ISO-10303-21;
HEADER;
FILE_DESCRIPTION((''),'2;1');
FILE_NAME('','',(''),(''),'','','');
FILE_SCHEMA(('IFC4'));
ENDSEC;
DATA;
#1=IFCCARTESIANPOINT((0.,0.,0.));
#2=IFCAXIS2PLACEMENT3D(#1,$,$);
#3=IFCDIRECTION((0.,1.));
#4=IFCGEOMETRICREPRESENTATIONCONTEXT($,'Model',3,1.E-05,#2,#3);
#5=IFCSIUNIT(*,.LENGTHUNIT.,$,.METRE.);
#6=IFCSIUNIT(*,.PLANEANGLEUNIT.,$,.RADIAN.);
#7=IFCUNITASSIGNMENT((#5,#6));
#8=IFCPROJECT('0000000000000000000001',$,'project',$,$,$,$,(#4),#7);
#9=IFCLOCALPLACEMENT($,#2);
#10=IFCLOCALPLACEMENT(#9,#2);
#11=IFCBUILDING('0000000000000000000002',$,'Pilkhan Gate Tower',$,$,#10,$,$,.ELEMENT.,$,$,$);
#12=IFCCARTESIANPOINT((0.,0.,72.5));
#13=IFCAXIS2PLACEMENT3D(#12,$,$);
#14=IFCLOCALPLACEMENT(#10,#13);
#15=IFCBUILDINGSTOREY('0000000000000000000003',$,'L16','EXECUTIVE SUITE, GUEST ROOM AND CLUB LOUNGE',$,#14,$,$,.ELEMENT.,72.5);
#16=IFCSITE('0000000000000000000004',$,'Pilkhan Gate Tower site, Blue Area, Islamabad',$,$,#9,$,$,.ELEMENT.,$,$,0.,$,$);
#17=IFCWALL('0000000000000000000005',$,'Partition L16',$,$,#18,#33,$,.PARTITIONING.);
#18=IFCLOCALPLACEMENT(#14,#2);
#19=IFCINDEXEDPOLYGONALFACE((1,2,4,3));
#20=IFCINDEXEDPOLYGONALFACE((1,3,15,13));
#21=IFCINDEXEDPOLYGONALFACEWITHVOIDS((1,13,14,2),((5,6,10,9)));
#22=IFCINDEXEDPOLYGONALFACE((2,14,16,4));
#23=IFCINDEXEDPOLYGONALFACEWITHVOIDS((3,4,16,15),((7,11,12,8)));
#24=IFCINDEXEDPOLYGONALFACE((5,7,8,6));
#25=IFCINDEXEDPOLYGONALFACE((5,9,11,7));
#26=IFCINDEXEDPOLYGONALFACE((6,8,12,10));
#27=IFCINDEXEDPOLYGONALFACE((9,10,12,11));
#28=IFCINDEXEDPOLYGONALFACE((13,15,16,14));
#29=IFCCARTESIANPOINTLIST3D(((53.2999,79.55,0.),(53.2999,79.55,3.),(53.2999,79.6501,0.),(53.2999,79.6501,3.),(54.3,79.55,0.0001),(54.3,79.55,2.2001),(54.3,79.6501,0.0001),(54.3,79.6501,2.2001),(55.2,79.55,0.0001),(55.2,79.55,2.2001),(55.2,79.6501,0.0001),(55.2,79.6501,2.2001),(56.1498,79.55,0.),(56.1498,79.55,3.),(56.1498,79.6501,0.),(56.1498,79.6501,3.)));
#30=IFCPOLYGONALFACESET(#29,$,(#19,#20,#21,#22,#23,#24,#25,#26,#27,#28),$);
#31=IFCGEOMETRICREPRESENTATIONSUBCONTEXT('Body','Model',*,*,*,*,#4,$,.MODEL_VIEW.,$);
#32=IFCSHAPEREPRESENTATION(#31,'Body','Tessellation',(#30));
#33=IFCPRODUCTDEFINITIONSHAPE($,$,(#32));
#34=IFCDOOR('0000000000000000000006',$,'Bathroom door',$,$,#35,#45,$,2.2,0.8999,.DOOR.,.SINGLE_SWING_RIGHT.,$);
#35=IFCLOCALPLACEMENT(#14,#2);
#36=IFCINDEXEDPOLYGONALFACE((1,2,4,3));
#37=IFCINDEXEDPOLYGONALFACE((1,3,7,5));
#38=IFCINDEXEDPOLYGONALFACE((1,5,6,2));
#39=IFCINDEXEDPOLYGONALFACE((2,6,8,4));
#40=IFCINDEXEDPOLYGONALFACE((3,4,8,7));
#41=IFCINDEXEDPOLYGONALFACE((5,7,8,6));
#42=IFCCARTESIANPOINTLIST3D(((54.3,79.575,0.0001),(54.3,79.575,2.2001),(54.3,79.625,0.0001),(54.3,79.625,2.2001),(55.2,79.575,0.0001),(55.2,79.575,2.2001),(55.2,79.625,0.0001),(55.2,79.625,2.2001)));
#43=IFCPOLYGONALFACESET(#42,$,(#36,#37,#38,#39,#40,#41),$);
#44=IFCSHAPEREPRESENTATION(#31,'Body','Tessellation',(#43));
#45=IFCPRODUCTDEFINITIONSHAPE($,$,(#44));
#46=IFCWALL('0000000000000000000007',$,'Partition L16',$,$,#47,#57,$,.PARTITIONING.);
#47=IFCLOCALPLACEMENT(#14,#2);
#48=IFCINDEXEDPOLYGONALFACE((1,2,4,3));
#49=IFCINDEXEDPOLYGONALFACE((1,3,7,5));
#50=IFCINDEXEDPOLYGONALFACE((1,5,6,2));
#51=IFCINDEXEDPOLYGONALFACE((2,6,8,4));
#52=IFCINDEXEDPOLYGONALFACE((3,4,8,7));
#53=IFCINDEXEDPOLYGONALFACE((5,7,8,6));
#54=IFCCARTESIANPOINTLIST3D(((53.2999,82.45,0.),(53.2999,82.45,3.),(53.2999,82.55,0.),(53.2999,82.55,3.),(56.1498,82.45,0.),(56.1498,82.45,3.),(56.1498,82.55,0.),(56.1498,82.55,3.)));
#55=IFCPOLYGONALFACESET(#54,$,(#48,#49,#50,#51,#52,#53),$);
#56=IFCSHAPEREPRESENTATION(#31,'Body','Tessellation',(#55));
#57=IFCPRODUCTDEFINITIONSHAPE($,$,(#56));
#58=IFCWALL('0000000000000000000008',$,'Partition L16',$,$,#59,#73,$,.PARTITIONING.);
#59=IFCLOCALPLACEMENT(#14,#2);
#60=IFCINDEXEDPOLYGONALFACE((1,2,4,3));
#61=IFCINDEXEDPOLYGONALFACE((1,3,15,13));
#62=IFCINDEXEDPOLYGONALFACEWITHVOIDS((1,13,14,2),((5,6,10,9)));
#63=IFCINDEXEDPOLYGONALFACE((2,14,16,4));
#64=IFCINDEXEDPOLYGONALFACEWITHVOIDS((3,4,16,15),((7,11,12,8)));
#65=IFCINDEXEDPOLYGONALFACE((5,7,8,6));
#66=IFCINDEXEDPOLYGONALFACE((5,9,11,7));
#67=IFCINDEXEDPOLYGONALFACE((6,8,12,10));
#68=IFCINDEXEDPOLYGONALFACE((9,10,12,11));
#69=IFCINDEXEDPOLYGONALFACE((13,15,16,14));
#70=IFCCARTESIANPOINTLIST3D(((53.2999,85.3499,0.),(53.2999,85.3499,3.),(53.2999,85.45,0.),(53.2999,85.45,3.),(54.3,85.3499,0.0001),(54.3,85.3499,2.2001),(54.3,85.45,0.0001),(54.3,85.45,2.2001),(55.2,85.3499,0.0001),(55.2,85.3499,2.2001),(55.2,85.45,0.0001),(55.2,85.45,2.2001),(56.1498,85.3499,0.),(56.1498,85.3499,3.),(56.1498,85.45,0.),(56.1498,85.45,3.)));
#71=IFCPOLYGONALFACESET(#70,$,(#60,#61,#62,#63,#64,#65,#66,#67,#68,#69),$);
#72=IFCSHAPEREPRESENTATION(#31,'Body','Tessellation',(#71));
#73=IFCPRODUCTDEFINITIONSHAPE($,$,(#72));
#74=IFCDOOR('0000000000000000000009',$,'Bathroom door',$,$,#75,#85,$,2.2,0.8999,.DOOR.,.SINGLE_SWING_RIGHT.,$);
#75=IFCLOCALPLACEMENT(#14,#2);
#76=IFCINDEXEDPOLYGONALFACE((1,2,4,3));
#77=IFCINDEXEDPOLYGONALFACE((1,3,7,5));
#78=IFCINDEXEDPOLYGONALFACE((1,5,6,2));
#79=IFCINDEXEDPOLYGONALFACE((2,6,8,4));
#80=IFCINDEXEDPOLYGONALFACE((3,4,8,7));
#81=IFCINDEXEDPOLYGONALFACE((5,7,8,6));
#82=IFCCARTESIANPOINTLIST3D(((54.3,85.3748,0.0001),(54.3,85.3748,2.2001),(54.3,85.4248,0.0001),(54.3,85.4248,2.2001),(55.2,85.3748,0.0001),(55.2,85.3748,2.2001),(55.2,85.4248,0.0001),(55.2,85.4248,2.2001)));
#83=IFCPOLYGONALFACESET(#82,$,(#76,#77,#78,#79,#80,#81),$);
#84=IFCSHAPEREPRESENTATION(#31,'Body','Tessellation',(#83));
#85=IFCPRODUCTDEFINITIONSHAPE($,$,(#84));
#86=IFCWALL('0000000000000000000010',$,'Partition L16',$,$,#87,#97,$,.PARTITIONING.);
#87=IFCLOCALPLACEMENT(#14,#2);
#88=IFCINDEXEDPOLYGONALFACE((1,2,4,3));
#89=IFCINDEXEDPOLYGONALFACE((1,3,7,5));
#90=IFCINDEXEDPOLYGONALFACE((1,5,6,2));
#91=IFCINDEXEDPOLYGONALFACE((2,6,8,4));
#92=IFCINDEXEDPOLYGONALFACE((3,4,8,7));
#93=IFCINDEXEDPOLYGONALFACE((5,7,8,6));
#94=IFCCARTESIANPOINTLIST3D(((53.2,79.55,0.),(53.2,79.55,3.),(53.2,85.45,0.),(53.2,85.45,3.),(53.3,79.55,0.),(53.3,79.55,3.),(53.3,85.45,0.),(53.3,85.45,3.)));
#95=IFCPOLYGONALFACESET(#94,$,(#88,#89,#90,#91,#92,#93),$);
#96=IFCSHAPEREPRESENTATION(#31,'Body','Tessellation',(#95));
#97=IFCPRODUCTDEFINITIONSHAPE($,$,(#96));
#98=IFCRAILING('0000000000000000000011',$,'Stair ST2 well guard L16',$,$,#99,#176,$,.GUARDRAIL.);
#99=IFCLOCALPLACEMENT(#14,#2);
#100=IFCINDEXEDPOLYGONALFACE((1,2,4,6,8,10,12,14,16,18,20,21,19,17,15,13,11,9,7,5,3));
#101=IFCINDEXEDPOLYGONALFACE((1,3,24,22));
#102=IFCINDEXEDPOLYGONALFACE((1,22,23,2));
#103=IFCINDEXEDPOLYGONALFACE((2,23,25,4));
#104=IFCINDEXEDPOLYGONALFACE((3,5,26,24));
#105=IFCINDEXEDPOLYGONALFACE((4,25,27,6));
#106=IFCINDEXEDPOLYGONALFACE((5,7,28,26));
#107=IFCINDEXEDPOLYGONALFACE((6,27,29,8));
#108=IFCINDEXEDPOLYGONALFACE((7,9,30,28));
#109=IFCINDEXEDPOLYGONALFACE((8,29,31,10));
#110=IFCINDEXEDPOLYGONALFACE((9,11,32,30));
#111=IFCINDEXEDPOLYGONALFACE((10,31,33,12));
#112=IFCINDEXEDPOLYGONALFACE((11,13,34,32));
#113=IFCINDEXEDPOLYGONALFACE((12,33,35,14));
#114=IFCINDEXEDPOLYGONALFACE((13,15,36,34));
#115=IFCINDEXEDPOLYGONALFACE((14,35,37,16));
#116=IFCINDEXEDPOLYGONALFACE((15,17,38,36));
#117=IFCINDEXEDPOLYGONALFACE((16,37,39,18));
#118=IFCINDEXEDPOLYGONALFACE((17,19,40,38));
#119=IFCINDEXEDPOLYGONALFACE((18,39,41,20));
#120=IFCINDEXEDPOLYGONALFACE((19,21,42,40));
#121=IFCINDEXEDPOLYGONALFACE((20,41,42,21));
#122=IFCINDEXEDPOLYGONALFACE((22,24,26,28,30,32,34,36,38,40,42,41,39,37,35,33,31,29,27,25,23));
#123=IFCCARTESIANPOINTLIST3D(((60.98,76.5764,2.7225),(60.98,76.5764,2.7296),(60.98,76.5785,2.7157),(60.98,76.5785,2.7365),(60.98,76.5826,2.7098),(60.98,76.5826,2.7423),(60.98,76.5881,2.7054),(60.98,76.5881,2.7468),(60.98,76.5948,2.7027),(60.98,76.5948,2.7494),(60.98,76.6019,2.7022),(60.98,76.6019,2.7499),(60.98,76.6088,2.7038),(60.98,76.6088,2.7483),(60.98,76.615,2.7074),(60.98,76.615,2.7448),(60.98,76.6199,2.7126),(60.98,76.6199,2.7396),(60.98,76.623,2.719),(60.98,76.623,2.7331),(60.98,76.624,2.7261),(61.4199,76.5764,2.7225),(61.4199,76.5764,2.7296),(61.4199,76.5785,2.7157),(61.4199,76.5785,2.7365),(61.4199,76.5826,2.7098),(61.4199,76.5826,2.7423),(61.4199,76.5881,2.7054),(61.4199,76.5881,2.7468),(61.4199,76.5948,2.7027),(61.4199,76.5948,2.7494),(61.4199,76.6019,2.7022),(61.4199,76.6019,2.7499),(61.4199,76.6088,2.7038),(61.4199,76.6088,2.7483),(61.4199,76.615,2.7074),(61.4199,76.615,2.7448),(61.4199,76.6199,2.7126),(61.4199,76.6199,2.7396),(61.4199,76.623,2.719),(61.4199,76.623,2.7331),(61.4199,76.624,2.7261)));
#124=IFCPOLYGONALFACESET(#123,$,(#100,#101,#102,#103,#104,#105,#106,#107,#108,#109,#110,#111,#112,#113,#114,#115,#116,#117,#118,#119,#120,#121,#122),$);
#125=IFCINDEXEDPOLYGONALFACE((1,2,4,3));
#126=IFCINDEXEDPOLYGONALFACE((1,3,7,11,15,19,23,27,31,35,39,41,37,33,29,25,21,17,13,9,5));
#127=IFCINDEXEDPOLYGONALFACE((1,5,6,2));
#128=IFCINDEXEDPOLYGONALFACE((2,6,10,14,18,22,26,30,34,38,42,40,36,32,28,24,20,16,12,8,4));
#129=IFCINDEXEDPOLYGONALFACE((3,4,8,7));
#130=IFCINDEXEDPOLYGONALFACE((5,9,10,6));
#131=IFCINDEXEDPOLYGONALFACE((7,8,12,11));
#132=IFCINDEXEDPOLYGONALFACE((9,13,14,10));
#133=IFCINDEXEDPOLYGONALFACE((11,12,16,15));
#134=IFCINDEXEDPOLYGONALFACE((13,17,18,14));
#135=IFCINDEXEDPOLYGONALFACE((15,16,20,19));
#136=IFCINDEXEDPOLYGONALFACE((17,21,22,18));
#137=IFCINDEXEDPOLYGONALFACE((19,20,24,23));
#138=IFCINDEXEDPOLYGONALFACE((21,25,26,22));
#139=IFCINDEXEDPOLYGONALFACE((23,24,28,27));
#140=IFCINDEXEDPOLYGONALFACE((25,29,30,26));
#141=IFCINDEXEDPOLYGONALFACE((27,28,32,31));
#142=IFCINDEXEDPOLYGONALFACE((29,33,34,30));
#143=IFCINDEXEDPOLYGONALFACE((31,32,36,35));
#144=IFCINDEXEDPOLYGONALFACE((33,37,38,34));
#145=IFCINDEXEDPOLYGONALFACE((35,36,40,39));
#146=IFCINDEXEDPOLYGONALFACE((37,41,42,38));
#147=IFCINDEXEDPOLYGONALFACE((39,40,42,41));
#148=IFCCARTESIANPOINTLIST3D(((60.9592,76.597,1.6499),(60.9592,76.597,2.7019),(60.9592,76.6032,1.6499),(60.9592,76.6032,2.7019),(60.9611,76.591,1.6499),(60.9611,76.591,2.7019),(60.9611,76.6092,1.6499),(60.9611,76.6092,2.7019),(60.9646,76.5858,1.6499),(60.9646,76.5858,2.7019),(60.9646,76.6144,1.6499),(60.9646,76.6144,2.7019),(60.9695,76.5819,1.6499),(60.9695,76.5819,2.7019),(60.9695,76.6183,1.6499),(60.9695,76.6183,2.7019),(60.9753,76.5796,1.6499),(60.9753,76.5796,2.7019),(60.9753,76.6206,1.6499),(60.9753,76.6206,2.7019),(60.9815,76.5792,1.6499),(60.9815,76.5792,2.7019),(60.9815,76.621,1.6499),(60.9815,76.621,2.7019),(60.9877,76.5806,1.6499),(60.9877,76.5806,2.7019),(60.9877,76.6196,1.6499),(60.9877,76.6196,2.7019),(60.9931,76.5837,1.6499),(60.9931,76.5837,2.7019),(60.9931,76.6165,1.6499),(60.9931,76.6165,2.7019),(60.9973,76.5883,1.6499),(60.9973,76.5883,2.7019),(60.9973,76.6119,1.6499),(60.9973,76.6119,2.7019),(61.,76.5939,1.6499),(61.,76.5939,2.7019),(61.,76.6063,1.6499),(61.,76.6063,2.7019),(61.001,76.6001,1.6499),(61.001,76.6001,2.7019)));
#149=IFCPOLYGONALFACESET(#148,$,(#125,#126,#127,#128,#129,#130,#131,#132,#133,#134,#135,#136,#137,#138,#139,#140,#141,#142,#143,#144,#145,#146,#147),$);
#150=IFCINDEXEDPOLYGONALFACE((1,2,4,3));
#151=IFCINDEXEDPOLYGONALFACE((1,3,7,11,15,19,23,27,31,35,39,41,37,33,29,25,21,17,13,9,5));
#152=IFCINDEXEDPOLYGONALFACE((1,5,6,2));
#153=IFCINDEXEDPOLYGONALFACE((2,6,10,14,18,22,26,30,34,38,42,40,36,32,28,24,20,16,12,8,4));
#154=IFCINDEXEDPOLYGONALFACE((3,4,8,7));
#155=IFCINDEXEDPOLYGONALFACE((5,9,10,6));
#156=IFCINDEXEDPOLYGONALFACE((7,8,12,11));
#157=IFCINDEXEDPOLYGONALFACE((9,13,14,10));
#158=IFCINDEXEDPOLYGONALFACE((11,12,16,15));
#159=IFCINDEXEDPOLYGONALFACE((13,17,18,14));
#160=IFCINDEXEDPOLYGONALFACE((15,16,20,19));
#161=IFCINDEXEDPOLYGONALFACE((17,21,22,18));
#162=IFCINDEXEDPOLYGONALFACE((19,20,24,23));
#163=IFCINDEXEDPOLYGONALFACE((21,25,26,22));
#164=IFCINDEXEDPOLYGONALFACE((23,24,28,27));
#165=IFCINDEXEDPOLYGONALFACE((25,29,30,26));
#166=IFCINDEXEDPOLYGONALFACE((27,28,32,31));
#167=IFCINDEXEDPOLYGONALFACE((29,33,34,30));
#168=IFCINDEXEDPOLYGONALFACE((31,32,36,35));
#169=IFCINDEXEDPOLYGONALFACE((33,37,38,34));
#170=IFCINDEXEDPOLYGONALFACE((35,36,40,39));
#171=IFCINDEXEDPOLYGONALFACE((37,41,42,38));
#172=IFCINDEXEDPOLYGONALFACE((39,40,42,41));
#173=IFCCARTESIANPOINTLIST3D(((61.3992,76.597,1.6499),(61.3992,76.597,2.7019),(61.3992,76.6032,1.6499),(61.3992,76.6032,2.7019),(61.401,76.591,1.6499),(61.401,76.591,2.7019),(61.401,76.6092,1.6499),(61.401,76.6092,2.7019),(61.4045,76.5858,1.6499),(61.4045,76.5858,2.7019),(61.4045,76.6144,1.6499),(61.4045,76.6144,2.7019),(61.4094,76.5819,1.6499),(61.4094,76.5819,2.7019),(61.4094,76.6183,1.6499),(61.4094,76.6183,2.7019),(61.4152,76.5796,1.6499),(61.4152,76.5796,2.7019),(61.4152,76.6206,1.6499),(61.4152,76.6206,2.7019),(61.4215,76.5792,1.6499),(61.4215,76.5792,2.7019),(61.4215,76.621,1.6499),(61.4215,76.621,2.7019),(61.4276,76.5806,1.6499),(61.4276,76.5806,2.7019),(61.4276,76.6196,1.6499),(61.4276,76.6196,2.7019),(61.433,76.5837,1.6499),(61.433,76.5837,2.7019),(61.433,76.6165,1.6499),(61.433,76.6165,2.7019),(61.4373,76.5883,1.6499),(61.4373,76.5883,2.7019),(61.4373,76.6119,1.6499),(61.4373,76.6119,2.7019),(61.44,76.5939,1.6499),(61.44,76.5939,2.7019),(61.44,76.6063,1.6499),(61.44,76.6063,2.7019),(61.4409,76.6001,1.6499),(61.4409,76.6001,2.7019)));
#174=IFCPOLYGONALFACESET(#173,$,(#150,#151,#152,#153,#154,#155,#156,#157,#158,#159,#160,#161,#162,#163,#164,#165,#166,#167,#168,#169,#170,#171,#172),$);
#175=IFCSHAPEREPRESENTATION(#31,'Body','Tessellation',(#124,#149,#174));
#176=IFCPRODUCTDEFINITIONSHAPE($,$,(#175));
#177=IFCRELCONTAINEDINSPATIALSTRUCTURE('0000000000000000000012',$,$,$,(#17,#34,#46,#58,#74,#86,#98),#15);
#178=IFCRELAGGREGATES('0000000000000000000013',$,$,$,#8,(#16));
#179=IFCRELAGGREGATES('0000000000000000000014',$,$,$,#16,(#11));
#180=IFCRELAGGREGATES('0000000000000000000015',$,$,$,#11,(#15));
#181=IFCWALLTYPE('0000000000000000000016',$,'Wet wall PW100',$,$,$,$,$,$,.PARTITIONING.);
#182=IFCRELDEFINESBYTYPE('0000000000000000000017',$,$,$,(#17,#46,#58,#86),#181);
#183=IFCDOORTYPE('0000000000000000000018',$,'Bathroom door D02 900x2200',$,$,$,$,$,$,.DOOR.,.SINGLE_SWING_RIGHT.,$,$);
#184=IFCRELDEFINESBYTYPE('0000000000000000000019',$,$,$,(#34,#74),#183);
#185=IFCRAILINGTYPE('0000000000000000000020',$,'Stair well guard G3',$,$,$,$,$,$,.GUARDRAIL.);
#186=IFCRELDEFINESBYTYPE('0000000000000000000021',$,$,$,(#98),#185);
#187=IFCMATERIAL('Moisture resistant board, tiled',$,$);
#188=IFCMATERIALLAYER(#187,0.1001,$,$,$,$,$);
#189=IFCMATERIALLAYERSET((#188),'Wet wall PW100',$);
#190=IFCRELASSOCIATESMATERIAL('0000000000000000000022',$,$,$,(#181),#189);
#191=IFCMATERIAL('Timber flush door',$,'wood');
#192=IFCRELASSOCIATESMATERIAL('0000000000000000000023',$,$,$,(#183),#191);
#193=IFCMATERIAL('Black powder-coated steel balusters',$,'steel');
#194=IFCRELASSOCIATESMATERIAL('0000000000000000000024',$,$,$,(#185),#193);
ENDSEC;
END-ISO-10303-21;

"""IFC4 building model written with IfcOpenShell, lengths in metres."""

from ifc_helpers import new_model, si_unit, direction, frame, frame_2d, origin, origin_2d, place, context, subcontext, project, spatial, rectangle, circle, extrude, material, layer, layer_set, type_object, element, fill, save


model = new_model("IFC4")

# Units and contexts
model_context = context("Model", 3, precision=1e-05, world=origin(), true_north=direction((0.0, 1.0)))
body_context = subcontext(model_context, "Body", "Model", "MODEL_VIEW")
ifc_project = project(units=[si_unit("LENGTHUNIT", "METRE"), si_unit("PLANEANGLEUNIT", "RADIAN")], contexts=[model_context])

# Site, building, storey
site_placement = place(None, origin())
site = spatial("IfcSite", under=ifc_project, at=site_placement, Name="Pilkhan Gate Tower site, Blue Area, Islamabad", CompositionType="ELEMENT", RefElevation=0.0)
building_placement = place(site_placement, origin())
building = spatial("IfcBuilding", under=site, at=building_placement, Name="Pilkhan Gate Tower", CompositionType="ELEMENT")
storey_placement = place(building_placement, frame((0.0, 0.0, 72.5)))
storey = spatial("IfcBuildingStorey", under=building, at=storey_placement, Name="L16", Description="EXECUTIVE SUITE, GUEST ROOM AND CLUB LOUNGE", CompositionType="ELEMENT", Elevation=72.5)

# Shared definitions
ifc_material_1 = material(Name="Moisture resistant board, tiled")
ifc_layer_1 = layer(ifc_material_1, 0.1001)
ifc_layer_set_1 = layer_set([ifc_layer_1], Name="Wet wall PW100")
wall_type_1 = type_object("IfcWallType", Name="Wet wall PW100", PredefinedType="PARTITIONING", material=ifc_layer_set_1)

# Wall, opening, door
ifc_material_2 = material(Name="Timber flush door", Category="wood")
door_type = type_object("IfcDoorType", Name="Bathroom door D02 900x2200", OperationType="SINGLE_SWING_RIGHT", PredefinedType="DOOR", material=ifc_material_2)
wall_1_placement = place(storey_placement, frame((53.3, 79.6001, 0.0), z_axis=(0.0, 0.0, 1.0), x_axis=(1.0, 0.0, 0.0)))
wall_1 = element("IfcWall", 1, at=wall_1_placement, inside=storey, type_object=wall_type_1, Name="Partition L16", PredefinedType="PARTITIONING", context=body_context, shape_type="SweptSolid", body=[
    extrude(rectangle(XDim=2.8499, YDim=0.1001, at=frame_2d((1.4248, 0.0))), origin(), (0.0, 0.0, 1.0), 3.0),
])
opening_1_placement = place(wall_1_placement, frame((1.0, 0.0, 0.0)))
opening_1 = element("IfcOpeningElement", 2, at=opening_1_placement, cuts=wall_1, PredefinedType="OPENING", context=body_context, shape_type="SweptSolid", body=[
    extrude(rectangle(XDim=0.8999, YDim=2.2, at=frame_2d((0.45, 1.1001))), frame((0.0, 0.0601, 0.0), z_axis=(0.0, -1.0, 0.0), x_axis=(1.0, 0.0, 0.0)), (0.0, 0.0, 1.0), 0.1201),
])
door_1_placement = place(opening_1_placement, origin())
door_1 = element("IfcDoor", 3, at=door_1_placement, inside=storey, type_object=door_type, Name="Bathroom door", OperationType="SINGLE_SWING_RIGHT", OverallHeight=2.2, OverallWidth=0.8999, PredefinedType="DOOR", context=body_context, shape_type="SweptSolid", body=[
    extrude(rectangle(XDim=0.8999, YDim=2.2, at=frame_2d((0.45, 1.1001))), frame((0.0, 0.0249, 0.0), z_axis=(0.0, -1.0, 0.0), x_axis=(1.0, 0.0, 0.0)), (0.0, 0.0, 1.0), 0.05),
])
fill(opening_1, door_1)

# Wall
wall_2_placement = place(storey_placement, frame((53.3, 82.5, 0.0), z_axis=(0.0, 0.0, 1.0), x_axis=(1.0, 0.0, 0.0)))
element("IfcWall", 4, at=wall_2_placement, inside=storey, type_object=wall_type_1, Name="Partition L16", PredefinedType="PARTITIONING", context=body_context, shape_type="SweptSolid", body=[
    extrude(rectangle(XDim=2.8499, YDim=0.1001, at=frame_2d((1.4248, 0.0))), origin(), (0.0, 0.0, 1.0), 3.0),
])

# Wall, opening, door
wall_3_placement = place(storey_placement, frame((53.3, 85.3999, 0.0), z_axis=(0.0, 0.0, 1.0), x_axis=(1.0, 0.0, 0.0)))
wall_3 = element("IfcWall", 5, at=wall_3_placement, inside=storey, type_object=wall_type_1, Name="Partition L16", PredefinedType="PARTITIONING", context=body_context, shape_type="SweptSolid", body=[
    extrude(rectangle(XDim=2.8499, YDim=0.1001, at=frame_2d((1.4248, 0.0))), origin(), (0.0, 0.0, 1.0), 3.0),
])
opening_2_placement = place(wall_3_placement, frame((1.0, 0.0, 0.0)))
opening_2 = element("IfcOpeningElement", 6, at=opening_2_placement, cuts=wall_3, PredefinedType="OPENING", context=body_context, shape_type="SweptSolid", body=[
    extrude(rectangle(XDim=0.8999, YDim=2.2, at=frame_2d((0.45, 1.1001))), frame((0.0, 0.0601, 0.0), z_axis=(0.0, -1.0, 0.0), x_axis=(1.0, 0.0, 0.0)), (0.0, 0.0, 1.0), 0.1201),
])
door_2_placement = place(opening_2_placement, origin())
door_2 = element("IfcDoor", 7, at=door_2_placement, inside=storey, type_object=door_type, Name="Bathroom door", OperationType="SINGLE_SWING_RIGHT", OverallHeight=2.2, OverallWidth=0.8999, PredefinedType="DOOR", context=body_context, shape_type="SweptSolid", body=[
    extrude(rectangle(XDim=0.8999, YDim=2.2, at=frame_2d((0.45, 1.1001))), frame((0.0, 0.0249, 0.0), z_axis=(0.0, -1.0, 0.0), x_axis=(1.0, 0.0, 0.0)), (0.0, 0.0, 1.0), 0.05),
])
fill(opening_2, door_2)

# Wall
wall_4_placement = place(storey_placement, frame((53.25, 79.55, 0.0), z_axis=(0.0, 0.0, 1.0), x_axis=(0.0, 1.0, 0.0)))
element("IfcWall", 8, at=wall_4_placement, inside=storey, type_object=wall_type_1, Name="Partition L16", PredefinedType="PARTITIONING", context=body_context, shape_type="SweptSolid", body=[
    extrude(rectangle(XDim=5.8999, YDim=0.1001, at=frame_2d((2.95, 0.0))), origin(), (0.0, 0.0, 1.0), 3.0),
])

# Railing
ifc_material_3 = material(Name="Black powder-coated steel balusters", Category="steel")
railing_type = type_object("IfcRailingType", Name="Stair well guard G3", PredefinedType="GUARDRAIL", material=ifc_material_3)
railing_placement = place(storey_placement, frame((60.98, 76.6001, 1.6499)))
element("IfcRailing", 9, at=railing_placement, inside=storey, type_object=railing_type, Name="Stair ST2 well guard L16", PredefinedType="GUARDRAIL", context=body_context, shape_type="SweptSolid", body=[
    extrude(circle(Radius=0.0239, at=origin_2d()), frame((0.0, 0.0, 1.0762), z_axis=(1.0, 0.0, 0.0), x_axis=(0.0, 1.0, 0.0)), (0.0, 0.0, 1.0), 0.4399),
    extrude(circle(Radius=0.021, at=origin_2d()), origin(), (0.0, 0.0, 1.0), 1.052),
    extrude(circle(Radius=0.021, at=origin_2d()), frame((0.4399, 0.0, 0.0)), (0.0, 0.0, 1.0), 1.052),
])

save(model, "model.ifc")
